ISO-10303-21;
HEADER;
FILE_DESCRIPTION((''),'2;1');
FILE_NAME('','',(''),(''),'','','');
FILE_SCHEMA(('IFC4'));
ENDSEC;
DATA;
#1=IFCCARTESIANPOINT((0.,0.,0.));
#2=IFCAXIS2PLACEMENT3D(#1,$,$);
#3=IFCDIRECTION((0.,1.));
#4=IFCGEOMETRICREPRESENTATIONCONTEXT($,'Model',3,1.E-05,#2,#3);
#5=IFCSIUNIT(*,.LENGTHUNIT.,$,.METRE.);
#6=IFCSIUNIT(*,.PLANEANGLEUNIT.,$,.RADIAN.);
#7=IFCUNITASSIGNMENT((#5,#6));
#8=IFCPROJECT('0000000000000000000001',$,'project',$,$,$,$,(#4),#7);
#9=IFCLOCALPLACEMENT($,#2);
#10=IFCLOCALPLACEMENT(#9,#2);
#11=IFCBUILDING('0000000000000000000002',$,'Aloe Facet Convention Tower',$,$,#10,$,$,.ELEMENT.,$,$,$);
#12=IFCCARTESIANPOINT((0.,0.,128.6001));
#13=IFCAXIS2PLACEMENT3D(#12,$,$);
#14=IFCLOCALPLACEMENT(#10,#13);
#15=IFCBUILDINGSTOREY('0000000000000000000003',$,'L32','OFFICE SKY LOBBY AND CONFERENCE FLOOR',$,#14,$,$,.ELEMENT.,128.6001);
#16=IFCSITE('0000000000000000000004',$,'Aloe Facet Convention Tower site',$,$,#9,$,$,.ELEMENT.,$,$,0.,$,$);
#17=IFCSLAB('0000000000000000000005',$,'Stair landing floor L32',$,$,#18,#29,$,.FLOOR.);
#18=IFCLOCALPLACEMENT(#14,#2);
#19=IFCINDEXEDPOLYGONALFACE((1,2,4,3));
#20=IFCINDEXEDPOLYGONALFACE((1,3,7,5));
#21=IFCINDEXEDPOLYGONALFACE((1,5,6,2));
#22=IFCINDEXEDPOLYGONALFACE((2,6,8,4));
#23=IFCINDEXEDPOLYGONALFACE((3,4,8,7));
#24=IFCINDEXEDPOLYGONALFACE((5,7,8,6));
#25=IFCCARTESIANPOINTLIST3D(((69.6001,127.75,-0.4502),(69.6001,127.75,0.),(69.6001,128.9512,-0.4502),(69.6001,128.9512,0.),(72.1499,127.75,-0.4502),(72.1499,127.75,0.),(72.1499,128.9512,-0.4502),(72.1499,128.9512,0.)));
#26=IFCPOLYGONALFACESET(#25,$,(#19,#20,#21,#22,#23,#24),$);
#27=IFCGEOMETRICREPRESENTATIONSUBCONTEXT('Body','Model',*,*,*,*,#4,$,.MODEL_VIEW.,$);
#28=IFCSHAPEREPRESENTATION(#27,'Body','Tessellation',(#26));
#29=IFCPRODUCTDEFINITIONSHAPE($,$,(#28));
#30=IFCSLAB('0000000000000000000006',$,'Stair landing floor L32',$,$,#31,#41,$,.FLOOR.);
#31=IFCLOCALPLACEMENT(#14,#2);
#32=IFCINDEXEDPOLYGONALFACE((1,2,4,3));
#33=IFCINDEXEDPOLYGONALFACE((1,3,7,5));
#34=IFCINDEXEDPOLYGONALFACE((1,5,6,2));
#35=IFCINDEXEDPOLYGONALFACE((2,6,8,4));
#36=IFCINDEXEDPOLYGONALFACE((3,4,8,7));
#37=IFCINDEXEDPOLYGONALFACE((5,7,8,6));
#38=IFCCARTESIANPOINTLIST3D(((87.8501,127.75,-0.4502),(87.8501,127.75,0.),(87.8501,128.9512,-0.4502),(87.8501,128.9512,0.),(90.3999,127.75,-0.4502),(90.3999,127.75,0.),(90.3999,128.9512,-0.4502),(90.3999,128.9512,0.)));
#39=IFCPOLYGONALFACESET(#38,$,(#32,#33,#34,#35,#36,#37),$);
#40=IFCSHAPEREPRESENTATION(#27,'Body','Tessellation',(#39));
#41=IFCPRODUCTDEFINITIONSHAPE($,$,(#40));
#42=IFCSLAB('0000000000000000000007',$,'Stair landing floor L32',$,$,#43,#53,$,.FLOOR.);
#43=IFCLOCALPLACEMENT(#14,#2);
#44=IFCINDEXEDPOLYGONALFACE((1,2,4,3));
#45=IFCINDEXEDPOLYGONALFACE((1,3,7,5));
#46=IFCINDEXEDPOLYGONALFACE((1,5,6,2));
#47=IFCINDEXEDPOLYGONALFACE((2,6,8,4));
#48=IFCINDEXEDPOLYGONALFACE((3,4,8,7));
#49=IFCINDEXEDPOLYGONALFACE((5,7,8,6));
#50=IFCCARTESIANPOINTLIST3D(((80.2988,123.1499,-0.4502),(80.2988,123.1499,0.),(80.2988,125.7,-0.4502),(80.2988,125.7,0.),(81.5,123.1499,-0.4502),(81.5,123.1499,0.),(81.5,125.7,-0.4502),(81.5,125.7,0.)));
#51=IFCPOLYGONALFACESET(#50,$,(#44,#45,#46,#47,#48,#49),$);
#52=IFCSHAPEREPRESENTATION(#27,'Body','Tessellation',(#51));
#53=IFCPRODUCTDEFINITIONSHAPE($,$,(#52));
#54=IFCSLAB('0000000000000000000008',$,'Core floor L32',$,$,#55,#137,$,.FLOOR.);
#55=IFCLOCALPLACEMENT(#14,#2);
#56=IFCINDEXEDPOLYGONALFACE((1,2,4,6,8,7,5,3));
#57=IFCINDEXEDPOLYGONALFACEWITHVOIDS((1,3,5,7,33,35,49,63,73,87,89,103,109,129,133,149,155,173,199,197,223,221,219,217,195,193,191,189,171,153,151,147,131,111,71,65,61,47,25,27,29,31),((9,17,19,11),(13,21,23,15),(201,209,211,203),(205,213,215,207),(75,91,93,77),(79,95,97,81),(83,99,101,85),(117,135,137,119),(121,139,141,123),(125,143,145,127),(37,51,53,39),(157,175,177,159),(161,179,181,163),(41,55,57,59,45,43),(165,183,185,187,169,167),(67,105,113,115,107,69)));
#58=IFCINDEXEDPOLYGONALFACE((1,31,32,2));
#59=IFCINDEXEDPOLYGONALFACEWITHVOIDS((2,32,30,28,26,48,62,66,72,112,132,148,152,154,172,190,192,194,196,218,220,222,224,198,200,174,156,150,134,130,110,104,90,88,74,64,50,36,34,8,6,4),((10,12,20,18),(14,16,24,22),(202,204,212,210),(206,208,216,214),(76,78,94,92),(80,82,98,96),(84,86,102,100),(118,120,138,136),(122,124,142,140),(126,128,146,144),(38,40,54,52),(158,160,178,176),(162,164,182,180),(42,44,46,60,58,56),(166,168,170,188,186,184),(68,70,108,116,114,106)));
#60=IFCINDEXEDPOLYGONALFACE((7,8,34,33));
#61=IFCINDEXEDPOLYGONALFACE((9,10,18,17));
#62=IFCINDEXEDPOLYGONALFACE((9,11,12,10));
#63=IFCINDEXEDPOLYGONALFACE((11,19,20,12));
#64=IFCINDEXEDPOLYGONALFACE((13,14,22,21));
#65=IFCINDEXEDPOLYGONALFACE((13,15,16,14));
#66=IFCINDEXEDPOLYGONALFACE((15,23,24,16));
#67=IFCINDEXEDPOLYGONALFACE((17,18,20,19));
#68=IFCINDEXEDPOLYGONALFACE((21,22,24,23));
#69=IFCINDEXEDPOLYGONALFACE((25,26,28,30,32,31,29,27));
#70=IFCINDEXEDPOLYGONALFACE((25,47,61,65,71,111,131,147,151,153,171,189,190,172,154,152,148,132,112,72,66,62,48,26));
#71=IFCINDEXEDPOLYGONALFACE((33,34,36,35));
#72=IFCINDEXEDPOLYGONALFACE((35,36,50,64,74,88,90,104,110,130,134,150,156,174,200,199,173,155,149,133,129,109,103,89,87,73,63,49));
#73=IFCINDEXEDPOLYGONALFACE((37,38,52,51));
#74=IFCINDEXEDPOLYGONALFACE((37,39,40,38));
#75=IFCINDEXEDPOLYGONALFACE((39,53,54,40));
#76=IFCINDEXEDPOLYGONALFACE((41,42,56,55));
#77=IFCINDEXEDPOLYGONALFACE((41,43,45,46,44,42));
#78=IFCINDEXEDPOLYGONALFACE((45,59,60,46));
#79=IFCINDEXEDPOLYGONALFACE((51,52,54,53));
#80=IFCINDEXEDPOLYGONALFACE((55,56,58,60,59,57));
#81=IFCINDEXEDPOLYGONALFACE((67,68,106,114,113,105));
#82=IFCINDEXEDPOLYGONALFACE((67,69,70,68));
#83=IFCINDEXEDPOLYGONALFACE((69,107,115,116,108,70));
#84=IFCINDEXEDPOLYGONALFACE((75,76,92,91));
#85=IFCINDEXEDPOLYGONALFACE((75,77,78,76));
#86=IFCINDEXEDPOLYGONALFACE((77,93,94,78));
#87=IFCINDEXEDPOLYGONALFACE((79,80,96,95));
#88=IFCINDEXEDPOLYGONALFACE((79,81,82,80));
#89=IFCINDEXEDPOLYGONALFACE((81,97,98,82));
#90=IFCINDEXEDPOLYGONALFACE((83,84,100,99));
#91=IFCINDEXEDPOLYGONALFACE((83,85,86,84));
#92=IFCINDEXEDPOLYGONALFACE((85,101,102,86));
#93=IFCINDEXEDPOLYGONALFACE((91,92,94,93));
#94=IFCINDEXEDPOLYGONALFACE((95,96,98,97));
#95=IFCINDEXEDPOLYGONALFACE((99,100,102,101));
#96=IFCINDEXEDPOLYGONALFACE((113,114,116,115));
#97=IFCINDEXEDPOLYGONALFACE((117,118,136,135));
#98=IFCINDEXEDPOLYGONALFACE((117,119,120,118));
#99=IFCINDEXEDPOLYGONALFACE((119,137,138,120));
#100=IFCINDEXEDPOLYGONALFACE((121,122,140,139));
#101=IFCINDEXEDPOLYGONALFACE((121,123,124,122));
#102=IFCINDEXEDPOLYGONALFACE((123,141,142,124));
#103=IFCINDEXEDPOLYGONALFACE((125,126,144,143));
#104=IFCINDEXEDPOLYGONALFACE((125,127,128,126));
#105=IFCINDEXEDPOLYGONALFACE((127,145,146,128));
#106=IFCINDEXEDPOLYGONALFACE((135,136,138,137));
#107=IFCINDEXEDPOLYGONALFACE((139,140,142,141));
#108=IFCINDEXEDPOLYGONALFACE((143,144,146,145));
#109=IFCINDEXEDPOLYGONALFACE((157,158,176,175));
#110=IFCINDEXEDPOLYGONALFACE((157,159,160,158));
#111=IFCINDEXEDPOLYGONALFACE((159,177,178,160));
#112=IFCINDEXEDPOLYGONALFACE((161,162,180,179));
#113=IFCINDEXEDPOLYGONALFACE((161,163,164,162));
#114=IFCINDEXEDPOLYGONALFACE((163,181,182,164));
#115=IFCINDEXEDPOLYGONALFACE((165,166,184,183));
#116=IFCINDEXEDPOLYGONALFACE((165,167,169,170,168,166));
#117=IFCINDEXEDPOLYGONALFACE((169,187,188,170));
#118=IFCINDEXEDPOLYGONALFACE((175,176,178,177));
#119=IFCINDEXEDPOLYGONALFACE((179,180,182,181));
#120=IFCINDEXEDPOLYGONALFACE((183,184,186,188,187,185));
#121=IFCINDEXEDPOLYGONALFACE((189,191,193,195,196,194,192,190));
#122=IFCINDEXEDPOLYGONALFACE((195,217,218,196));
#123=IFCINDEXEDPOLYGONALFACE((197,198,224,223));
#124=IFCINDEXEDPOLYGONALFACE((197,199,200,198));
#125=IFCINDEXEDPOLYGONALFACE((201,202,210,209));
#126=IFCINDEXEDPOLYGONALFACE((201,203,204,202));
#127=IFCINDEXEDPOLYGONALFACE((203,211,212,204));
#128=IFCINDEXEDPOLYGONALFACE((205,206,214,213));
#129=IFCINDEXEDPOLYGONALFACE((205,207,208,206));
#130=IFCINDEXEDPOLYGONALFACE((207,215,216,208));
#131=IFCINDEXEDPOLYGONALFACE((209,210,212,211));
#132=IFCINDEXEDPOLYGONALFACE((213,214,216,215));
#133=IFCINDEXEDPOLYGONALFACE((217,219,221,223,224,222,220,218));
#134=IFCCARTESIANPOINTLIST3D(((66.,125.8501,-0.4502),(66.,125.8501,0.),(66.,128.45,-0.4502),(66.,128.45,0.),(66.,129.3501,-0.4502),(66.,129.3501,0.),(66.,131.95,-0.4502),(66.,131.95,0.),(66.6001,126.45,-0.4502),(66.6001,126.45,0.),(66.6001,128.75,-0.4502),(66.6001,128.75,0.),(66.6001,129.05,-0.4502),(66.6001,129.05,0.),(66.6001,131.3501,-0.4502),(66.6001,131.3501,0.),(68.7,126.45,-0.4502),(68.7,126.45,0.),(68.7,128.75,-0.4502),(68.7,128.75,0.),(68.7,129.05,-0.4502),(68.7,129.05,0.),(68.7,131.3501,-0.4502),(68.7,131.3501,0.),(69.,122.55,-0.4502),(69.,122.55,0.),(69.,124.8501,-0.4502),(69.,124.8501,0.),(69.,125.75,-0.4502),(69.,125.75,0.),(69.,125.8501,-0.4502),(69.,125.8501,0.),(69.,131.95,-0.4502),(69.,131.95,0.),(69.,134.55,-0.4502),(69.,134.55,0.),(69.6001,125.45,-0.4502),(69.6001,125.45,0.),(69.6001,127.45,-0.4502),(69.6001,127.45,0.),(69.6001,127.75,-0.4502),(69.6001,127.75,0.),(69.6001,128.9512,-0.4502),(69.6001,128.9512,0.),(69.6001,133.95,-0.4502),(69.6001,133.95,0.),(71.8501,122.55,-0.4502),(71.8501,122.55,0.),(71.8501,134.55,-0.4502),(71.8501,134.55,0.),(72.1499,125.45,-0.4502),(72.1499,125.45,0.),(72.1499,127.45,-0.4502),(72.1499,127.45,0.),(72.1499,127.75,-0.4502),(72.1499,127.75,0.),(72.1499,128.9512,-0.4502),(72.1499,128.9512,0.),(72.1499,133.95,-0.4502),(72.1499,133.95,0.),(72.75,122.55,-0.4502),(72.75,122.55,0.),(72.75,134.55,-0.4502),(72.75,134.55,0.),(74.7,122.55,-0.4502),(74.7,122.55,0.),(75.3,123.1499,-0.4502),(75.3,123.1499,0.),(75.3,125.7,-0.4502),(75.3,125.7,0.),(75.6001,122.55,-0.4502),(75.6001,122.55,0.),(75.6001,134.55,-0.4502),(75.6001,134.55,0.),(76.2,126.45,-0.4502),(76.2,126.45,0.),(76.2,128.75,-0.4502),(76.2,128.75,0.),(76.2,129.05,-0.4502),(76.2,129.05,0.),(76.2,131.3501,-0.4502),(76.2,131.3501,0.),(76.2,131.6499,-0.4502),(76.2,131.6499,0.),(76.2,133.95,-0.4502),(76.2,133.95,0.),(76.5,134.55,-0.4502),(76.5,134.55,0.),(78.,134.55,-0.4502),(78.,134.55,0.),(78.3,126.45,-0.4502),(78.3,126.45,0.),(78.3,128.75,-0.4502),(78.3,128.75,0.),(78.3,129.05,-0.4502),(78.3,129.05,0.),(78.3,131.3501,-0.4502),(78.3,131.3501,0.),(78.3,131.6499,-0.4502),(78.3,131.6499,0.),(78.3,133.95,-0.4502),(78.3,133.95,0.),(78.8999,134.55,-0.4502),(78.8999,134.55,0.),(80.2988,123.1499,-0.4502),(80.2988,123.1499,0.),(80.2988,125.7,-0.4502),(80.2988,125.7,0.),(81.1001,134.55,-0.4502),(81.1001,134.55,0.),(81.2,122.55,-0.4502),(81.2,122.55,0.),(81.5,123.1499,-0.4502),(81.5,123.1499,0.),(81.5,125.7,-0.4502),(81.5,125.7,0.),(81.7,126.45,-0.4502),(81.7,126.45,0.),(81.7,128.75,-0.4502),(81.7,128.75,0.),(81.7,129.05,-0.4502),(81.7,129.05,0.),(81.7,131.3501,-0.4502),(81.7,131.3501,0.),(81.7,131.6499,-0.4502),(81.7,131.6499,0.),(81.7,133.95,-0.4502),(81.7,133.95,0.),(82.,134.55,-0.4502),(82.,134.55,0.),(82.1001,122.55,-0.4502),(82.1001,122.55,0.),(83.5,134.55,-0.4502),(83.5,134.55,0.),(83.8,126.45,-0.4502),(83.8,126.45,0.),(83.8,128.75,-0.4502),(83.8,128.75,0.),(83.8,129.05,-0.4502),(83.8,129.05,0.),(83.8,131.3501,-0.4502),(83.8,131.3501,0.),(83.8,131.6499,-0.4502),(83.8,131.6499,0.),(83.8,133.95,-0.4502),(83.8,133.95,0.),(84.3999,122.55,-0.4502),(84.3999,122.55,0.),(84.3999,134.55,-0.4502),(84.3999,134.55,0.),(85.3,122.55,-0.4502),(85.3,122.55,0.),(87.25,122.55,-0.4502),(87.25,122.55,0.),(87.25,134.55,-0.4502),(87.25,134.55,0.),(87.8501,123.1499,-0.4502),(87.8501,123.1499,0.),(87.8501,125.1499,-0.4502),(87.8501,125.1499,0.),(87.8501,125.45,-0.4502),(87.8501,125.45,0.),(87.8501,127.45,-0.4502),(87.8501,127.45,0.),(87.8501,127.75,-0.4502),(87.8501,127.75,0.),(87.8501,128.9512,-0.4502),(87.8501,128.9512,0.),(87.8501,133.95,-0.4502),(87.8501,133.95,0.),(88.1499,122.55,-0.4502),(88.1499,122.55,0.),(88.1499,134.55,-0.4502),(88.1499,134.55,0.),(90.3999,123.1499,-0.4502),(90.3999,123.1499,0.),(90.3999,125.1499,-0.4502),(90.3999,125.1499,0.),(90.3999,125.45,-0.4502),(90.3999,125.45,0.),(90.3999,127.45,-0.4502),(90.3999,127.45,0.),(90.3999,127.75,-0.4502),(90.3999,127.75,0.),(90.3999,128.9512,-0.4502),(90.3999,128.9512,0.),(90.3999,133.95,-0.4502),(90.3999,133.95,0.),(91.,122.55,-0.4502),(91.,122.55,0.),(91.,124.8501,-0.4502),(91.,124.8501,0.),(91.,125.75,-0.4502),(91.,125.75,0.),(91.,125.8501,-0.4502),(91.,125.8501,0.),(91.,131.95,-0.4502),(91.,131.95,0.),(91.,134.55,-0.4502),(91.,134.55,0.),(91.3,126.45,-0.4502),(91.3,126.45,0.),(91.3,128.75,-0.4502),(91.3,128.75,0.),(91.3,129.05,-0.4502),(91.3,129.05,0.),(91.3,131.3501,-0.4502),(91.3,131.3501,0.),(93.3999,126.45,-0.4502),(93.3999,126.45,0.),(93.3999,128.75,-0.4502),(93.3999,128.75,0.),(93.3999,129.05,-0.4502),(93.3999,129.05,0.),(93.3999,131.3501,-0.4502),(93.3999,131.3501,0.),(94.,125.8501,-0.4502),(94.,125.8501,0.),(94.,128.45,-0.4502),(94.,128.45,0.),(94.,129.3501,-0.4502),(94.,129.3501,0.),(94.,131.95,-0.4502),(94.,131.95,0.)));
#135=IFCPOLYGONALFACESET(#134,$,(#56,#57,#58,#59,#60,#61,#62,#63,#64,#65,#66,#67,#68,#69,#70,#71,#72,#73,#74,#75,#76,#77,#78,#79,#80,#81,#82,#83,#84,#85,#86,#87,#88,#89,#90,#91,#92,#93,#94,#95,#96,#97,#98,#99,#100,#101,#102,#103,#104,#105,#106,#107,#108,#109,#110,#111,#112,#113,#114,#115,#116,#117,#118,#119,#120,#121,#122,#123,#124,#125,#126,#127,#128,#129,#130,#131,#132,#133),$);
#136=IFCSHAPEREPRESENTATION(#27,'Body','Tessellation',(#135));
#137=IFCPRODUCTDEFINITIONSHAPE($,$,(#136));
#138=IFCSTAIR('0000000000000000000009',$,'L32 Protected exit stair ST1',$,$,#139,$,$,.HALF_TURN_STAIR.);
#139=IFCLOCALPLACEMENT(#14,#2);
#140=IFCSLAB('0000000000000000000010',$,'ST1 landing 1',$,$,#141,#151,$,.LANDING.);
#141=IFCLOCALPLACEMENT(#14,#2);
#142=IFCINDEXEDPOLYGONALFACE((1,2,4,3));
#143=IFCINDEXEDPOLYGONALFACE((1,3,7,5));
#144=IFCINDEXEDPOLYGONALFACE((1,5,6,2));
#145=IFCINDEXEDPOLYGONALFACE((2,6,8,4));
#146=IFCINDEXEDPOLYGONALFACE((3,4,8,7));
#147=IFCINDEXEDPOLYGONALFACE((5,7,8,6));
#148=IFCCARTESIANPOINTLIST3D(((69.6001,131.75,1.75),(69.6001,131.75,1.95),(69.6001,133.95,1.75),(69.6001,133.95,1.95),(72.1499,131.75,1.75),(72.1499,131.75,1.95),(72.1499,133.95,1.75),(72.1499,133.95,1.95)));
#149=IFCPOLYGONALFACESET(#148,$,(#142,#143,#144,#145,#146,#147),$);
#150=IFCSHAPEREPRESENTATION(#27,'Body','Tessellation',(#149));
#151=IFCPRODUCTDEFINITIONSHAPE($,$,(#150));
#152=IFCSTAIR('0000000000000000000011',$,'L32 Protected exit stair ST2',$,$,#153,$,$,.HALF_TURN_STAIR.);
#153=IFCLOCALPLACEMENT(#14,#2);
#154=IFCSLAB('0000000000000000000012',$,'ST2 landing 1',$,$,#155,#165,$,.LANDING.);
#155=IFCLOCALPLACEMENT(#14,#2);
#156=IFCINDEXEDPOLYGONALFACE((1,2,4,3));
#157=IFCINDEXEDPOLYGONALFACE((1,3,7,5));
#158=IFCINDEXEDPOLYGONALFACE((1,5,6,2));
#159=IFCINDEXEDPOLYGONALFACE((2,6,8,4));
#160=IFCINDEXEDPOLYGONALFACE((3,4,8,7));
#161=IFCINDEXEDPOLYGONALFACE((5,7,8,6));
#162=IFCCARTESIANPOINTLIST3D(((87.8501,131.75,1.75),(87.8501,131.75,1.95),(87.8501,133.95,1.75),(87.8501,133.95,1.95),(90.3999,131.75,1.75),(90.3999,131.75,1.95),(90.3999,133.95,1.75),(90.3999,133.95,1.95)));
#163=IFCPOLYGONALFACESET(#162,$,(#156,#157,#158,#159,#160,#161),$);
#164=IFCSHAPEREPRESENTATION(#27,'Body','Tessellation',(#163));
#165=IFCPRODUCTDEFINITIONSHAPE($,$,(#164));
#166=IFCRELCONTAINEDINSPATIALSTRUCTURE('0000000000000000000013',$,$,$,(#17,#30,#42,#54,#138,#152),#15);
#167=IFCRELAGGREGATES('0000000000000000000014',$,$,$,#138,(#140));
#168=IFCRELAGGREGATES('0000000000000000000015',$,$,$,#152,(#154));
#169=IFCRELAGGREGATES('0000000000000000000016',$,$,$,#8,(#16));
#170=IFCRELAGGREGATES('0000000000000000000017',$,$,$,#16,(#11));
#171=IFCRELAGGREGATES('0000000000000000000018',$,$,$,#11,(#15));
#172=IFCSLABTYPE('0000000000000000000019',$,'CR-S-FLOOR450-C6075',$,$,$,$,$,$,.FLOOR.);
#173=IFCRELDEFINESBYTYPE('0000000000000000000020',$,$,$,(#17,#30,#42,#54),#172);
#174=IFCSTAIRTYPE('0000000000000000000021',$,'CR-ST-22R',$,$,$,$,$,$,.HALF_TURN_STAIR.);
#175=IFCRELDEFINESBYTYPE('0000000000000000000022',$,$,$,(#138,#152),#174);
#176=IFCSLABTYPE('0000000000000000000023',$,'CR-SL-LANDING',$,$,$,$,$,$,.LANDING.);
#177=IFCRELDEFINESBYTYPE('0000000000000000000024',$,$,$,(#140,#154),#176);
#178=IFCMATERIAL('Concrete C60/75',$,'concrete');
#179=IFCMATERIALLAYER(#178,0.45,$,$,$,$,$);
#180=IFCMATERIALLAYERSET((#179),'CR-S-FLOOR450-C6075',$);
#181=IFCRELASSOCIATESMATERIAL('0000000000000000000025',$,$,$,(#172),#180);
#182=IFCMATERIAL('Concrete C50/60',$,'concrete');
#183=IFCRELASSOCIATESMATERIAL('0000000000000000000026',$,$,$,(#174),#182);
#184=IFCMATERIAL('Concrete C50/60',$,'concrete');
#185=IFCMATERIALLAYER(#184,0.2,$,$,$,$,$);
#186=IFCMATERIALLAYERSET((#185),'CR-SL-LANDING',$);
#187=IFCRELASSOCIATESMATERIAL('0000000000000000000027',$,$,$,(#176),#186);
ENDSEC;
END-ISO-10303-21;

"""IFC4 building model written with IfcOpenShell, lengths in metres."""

from ifc_helpers import new_model, si_unit, direction, frame, origin, place, context, subcontext, project, spatial, polyline, outline, extrude, material, layer, layer_set, type_object, element, aggregate, save


model = new_model("IFC4")

# Units and contexts
model_context = context("Model", 3, precision=1e-05, world=origin(), true_north=direction((0.0, 1.0)))
body_context = subcontext(model_context, "Body", "Model", "MODEL_VIEW")
ifc_project = project(units=[si_unit("LENGTHUNIT", "METRE"), si_unit("PLANEANGLEUNIT", "RADIAN")], contexts=[model_context])

# Site, building, storey
site_placement = place(None, origin())
site = spatial("IfcSite", under=ifc_project, at=site_placement, Name="Aloe Facet Convention Tower site", CompositionType="ELEMENT", RefElevation=0.0)
building_placement = place(site_placement, origin())
building = spatial("IfcBuilding", under=site, at=building_placement, Name="Aloe Facet Convention Tower", CompositionType="ELEMENT")
storey_placement = place(building_placement, frame((0.0, 0.0, 128.6001)))
storey = spatial("IfcBuildingStorey", under=building, at=storey_placement, Name="L32", Description="OFFICE SKY LOBBY AND CONFERENCE FLOOR", CompositionType="ELEMENT", Elevation=128.6001)

# Slabs
ifc_material_1 = material(Name="Concrete C60/75", Category="concrete")
ifc_layer_1 = layer(ifc_material_1, 0.45)
ifc_layer_set_1 = layer_set([ifc_layer_1], Name="CR-S-FLOOR450-C6075")
slab_type_1 = type_object("IfcSlabType", Name="CR-S-FLOOR450-C6075", PredefinedType="FLOOR", material=ifc_layer_set_1)
slab_1_placement = place(storey_placement, frame((0.0, 0.0, -0.4502)))
element("IfcSlab", 1, at=slab_1_placement, inside=storey, type_object=slab_type_1, Name="Stair landing floor L32", PredefinedType="FLOOR", context=body_context, shape_type="SweptSolid", body=[
    extrude(outline(polyline([(72.1499, 127.75), (72.1499, 128.9512), (69.6001, 128.9512), (69.6001, 127.75), (72.1499, 127.75)])), origin(), (0.0, 0.0, 1.0), 0.4502),
])
slab_2_placement = place(storey_placement, frame((0.0, 0.0, -0.4502)))
element("IfcSlab", 2, at=slab_2_placement, inside=storey, type_object=slab_type_1, Name="Stair landing floor L32", PredefinedType="FLOOR", context=body_context, shape_type="SweptSolid", body=[
    extrude(outline(polyline([(90.3999, 127.75), (90.3999, 128.9512), (87.8501, 128.9512), (87.8501, 127.75), (90.3999, 127.75)])), origin(), (0.0, 0.0, 1.0), 0.4502),
])
slab_3_placement = place(storey_placement, frame((0.0, 0.0, -0.4502)))
element("IfcSlab", 3, at=slab_3_placement, inside=storey, type_object=slab_type_1, Name="Stair landing floor L32", PredefinedType="FLOOR", context=body_context, shape_type="SweptSolid", body=[
    extrude(outline(polyline([(81.5, 125.7), (80.2988, 125.7), (80.2988, 123.1499), (81.5, 123.1499), (81.5, 125.7)])), origin(), (0.0, 0.0, 1.0), 0.4502),
])
slab_4_placement = place(storey_placement, frame((0.0, 0.0, -0.4502)))
element("IfcSlab", 4, at=slab_4_placement, inside=storey, type_object=slab_type_1, Name="Core floor L32", PredefinedType="FLOOR", context=body_context, shape_type="SweptSolid", body=[
    extrude(outline(polyline([(69.0, 134.55), (71.8501, 134.55), (72.75, 134.55), (75.6001, 134.55), (76.5, 134.55), (78.0, 134.55), (78.8999, 134.55), (81.1001, 134.55), (82.0, 134.55), (83.5, 134.55), (84.3999, 134.55), (87.25, 134.55), (88.1499, 134.55), (91.0, 134.55), (91.0, 131.95), (94.0, 131.95), (94.0, 129.3501), (94.0, 128.45), (94.0, 125.8501), (91.0, 125.8501), (91.0, 125.75), (91.0, 124.8501), (91.0, 122.55), (88.1499, 122.55), (87.25, 122.55), (85.3, 122.55), (84.3999, 122.55), (82.1001, 122.55), (81.2, 122.55), (75.6001, 122.55), (74.7, 122.55), (72.75, 122.55), (71.8501, 122.55), (69.0, 122.55), (69.0, 124.8501), (69.0, 125.75), (69.0, 125.8501), (66.0, 125.8501), (66.0, 128.45), (66.0, 129.3501), (66.0, 131.95), (69.0, 131.95), (69.0, 134.55)]), holes=[polyline([(75.3, 123.1499), (80.2988, 123.1499), (81.5, 123.1499), (81.5, 125.7), (80.2988, 125.7), (75.3, 125.7), (75.3, 123.1499)]), polyline([(69.6001, 125.45), (72.1499, 125.45), (72.1499, 127.45), (69.6001, 127.45), (69.6001, 125.45)]), polyline([(66.6001, 126.45), (68.7, 126.45), (68.7, 128.75), (66.6001, 128.75), (66.6001, 126.45)]), polyline([(76.2, 126.45), (78.3, 126.45), (78.3, 128.75), (76.2, 128.75), (76.2, 126.45)]), polyline([(66.6001, 129.05), (68.7, 129.05), (68.7, 131.3501), (66.6001, 131.3501), (66.6001, 129.05)]), polyline([(76.2, 129.05), (78.3, 129.05), (78.3, 131.3501), (76.2, 131.3501), (76.2, 129.05)]), polyline([(69.6001, 133.95), (69.6001, 128.9512), (69.6001, 127.75), (72.1499, 127.75), (72.1499, 128.9512), (72.1499, 133.95), (69.6001, 133.95)]), polyline([(76.2, 131.6499), (78.3, 131.6499), (78.3, 133.95), (76.2, 133.95), (76.2, 131.6499)]), polyline([(87.8501, 123.1499), (90.3999, 123.1499), (90.3999, 125.1499), (87.8501, 125.1499), (87.8501, 123.1499)]), polyline([(87.8501, 125.45), (90.3999, 125.45), (90.3999, 127.45), (87.8501, 127.45), (87.8501, 125.45)]), polyline([(81.7, 126.45), (83.8, 126.45), (83.8, 128.75), (81.7, 128.75), (81.7, 126.45)]), polyline([(91.3, 126.45), (93.3999, 126.45), (93.3999, 128.75), (91.3, 128.75), (91.3, 126.45)]), polyline([(81.7, 129.05), (83.8, 129.05), (83.8, 131.3501), (81.7, 131.3501), (81.7, 129.05)]), polyline([(91.3, 129.05), (93.3999, 129.05), (93.3999, 131.3501), (91.3, 131.3501), (91.3, 129.05)]), polyline([(87.8501, 133.95), (87.8501, 128.9512), (87.8501, 127.75), (90.3999, 127.75), (90.3999, 128.9512), (90.3999, 133.95), (87.8501, 133.95)]), polyline([(81.7, 131.6499), (83.8, 131.6499), (83.8, 133.95), (81.7, 133.95), (81.7, 131.6499)])]), origin(), (0.0, 0.0, 1.0), 0.4502),
])

# Stairs, slabs
ifc_material_2 = material(Name="Concrete C50/60", Category="concrete")
stair_type = type_object("IfcStairType", Name="CR-ST-22R", PredefinedType="HALF_TURN_STAIR", material=ifc_material_2)
stair_1_placement = place(storey_placement, origin())
stair_1 = element("IfcStair", 5, at=stair_1_placement, inside=storey, type_object=stair_type, Name="L32 Protected exit stair ST1", PredefinedType="HALF_TURN_STAIR")
ifc_material_3 = material(Name="Concrete C50/60", Category="concrete")
ifc_layer_2 = layer(ifc_material_3, 0.2)
ifc_layer_set_2 = layer_set([ifc_layer_2], Name="CR-SL-LANDING")
slab_type_2 = type_object("IfcSlabType", Name="CR-SL-LANDING", PredefinedType="LANDING", material=ifc_layer_set_2)
slab_5_placement = place(storey_placement, frame((0.0, 0.0, 1.75)))
slab_5 = element("IfcSlab", 6, at=slab_5_placement, type_object=slab_type_2, Name="ST1 landing 1", PredefinedType="LANDING", context=body_context, shape_type="SweptSolid", body=[
    extrude(outline(polyline([(72.1499, 131.75), (72.1499, 133.95), (69.6001, 133.95), (69.6001, 131.75), (72.1499, 131.75)])), origin(), (0.0, 0.0, 1.0), 0.2),
])
aggregate(stair_1, [slab_5])
stair_2_placement = place(storey_placement, origin())
stair_2 = element("IfcStair", 7, at=stair_2_placement, inside=storey, type_object=stair_type, Name="L32 Protected exit stair ST2", PredefinedType="HALF_TURN_STAIR")
slab_6_placement = place(storey_placement, frame((0.0, 0.0, 1.75)))
slab_6 = element("IfcSlab", 8, at=slab_6_placement, type_object=slab_type_2, Name="ST2 landing 1", PredefinedType="LANDING", context=body_context, shape_type="SweptSolid", body=[
    extrude(outline(polyline([(90.3999, 131.75), (90.3999, 133.95), (87.8501, 133.95), (87.8501, 131.75), (90.3999, 131.75)])), origin(), (0.0, 0.0, 1.0), 0.2),
])
aggregate(stair_2, [slab_6])

save(model, "model.ifc")
